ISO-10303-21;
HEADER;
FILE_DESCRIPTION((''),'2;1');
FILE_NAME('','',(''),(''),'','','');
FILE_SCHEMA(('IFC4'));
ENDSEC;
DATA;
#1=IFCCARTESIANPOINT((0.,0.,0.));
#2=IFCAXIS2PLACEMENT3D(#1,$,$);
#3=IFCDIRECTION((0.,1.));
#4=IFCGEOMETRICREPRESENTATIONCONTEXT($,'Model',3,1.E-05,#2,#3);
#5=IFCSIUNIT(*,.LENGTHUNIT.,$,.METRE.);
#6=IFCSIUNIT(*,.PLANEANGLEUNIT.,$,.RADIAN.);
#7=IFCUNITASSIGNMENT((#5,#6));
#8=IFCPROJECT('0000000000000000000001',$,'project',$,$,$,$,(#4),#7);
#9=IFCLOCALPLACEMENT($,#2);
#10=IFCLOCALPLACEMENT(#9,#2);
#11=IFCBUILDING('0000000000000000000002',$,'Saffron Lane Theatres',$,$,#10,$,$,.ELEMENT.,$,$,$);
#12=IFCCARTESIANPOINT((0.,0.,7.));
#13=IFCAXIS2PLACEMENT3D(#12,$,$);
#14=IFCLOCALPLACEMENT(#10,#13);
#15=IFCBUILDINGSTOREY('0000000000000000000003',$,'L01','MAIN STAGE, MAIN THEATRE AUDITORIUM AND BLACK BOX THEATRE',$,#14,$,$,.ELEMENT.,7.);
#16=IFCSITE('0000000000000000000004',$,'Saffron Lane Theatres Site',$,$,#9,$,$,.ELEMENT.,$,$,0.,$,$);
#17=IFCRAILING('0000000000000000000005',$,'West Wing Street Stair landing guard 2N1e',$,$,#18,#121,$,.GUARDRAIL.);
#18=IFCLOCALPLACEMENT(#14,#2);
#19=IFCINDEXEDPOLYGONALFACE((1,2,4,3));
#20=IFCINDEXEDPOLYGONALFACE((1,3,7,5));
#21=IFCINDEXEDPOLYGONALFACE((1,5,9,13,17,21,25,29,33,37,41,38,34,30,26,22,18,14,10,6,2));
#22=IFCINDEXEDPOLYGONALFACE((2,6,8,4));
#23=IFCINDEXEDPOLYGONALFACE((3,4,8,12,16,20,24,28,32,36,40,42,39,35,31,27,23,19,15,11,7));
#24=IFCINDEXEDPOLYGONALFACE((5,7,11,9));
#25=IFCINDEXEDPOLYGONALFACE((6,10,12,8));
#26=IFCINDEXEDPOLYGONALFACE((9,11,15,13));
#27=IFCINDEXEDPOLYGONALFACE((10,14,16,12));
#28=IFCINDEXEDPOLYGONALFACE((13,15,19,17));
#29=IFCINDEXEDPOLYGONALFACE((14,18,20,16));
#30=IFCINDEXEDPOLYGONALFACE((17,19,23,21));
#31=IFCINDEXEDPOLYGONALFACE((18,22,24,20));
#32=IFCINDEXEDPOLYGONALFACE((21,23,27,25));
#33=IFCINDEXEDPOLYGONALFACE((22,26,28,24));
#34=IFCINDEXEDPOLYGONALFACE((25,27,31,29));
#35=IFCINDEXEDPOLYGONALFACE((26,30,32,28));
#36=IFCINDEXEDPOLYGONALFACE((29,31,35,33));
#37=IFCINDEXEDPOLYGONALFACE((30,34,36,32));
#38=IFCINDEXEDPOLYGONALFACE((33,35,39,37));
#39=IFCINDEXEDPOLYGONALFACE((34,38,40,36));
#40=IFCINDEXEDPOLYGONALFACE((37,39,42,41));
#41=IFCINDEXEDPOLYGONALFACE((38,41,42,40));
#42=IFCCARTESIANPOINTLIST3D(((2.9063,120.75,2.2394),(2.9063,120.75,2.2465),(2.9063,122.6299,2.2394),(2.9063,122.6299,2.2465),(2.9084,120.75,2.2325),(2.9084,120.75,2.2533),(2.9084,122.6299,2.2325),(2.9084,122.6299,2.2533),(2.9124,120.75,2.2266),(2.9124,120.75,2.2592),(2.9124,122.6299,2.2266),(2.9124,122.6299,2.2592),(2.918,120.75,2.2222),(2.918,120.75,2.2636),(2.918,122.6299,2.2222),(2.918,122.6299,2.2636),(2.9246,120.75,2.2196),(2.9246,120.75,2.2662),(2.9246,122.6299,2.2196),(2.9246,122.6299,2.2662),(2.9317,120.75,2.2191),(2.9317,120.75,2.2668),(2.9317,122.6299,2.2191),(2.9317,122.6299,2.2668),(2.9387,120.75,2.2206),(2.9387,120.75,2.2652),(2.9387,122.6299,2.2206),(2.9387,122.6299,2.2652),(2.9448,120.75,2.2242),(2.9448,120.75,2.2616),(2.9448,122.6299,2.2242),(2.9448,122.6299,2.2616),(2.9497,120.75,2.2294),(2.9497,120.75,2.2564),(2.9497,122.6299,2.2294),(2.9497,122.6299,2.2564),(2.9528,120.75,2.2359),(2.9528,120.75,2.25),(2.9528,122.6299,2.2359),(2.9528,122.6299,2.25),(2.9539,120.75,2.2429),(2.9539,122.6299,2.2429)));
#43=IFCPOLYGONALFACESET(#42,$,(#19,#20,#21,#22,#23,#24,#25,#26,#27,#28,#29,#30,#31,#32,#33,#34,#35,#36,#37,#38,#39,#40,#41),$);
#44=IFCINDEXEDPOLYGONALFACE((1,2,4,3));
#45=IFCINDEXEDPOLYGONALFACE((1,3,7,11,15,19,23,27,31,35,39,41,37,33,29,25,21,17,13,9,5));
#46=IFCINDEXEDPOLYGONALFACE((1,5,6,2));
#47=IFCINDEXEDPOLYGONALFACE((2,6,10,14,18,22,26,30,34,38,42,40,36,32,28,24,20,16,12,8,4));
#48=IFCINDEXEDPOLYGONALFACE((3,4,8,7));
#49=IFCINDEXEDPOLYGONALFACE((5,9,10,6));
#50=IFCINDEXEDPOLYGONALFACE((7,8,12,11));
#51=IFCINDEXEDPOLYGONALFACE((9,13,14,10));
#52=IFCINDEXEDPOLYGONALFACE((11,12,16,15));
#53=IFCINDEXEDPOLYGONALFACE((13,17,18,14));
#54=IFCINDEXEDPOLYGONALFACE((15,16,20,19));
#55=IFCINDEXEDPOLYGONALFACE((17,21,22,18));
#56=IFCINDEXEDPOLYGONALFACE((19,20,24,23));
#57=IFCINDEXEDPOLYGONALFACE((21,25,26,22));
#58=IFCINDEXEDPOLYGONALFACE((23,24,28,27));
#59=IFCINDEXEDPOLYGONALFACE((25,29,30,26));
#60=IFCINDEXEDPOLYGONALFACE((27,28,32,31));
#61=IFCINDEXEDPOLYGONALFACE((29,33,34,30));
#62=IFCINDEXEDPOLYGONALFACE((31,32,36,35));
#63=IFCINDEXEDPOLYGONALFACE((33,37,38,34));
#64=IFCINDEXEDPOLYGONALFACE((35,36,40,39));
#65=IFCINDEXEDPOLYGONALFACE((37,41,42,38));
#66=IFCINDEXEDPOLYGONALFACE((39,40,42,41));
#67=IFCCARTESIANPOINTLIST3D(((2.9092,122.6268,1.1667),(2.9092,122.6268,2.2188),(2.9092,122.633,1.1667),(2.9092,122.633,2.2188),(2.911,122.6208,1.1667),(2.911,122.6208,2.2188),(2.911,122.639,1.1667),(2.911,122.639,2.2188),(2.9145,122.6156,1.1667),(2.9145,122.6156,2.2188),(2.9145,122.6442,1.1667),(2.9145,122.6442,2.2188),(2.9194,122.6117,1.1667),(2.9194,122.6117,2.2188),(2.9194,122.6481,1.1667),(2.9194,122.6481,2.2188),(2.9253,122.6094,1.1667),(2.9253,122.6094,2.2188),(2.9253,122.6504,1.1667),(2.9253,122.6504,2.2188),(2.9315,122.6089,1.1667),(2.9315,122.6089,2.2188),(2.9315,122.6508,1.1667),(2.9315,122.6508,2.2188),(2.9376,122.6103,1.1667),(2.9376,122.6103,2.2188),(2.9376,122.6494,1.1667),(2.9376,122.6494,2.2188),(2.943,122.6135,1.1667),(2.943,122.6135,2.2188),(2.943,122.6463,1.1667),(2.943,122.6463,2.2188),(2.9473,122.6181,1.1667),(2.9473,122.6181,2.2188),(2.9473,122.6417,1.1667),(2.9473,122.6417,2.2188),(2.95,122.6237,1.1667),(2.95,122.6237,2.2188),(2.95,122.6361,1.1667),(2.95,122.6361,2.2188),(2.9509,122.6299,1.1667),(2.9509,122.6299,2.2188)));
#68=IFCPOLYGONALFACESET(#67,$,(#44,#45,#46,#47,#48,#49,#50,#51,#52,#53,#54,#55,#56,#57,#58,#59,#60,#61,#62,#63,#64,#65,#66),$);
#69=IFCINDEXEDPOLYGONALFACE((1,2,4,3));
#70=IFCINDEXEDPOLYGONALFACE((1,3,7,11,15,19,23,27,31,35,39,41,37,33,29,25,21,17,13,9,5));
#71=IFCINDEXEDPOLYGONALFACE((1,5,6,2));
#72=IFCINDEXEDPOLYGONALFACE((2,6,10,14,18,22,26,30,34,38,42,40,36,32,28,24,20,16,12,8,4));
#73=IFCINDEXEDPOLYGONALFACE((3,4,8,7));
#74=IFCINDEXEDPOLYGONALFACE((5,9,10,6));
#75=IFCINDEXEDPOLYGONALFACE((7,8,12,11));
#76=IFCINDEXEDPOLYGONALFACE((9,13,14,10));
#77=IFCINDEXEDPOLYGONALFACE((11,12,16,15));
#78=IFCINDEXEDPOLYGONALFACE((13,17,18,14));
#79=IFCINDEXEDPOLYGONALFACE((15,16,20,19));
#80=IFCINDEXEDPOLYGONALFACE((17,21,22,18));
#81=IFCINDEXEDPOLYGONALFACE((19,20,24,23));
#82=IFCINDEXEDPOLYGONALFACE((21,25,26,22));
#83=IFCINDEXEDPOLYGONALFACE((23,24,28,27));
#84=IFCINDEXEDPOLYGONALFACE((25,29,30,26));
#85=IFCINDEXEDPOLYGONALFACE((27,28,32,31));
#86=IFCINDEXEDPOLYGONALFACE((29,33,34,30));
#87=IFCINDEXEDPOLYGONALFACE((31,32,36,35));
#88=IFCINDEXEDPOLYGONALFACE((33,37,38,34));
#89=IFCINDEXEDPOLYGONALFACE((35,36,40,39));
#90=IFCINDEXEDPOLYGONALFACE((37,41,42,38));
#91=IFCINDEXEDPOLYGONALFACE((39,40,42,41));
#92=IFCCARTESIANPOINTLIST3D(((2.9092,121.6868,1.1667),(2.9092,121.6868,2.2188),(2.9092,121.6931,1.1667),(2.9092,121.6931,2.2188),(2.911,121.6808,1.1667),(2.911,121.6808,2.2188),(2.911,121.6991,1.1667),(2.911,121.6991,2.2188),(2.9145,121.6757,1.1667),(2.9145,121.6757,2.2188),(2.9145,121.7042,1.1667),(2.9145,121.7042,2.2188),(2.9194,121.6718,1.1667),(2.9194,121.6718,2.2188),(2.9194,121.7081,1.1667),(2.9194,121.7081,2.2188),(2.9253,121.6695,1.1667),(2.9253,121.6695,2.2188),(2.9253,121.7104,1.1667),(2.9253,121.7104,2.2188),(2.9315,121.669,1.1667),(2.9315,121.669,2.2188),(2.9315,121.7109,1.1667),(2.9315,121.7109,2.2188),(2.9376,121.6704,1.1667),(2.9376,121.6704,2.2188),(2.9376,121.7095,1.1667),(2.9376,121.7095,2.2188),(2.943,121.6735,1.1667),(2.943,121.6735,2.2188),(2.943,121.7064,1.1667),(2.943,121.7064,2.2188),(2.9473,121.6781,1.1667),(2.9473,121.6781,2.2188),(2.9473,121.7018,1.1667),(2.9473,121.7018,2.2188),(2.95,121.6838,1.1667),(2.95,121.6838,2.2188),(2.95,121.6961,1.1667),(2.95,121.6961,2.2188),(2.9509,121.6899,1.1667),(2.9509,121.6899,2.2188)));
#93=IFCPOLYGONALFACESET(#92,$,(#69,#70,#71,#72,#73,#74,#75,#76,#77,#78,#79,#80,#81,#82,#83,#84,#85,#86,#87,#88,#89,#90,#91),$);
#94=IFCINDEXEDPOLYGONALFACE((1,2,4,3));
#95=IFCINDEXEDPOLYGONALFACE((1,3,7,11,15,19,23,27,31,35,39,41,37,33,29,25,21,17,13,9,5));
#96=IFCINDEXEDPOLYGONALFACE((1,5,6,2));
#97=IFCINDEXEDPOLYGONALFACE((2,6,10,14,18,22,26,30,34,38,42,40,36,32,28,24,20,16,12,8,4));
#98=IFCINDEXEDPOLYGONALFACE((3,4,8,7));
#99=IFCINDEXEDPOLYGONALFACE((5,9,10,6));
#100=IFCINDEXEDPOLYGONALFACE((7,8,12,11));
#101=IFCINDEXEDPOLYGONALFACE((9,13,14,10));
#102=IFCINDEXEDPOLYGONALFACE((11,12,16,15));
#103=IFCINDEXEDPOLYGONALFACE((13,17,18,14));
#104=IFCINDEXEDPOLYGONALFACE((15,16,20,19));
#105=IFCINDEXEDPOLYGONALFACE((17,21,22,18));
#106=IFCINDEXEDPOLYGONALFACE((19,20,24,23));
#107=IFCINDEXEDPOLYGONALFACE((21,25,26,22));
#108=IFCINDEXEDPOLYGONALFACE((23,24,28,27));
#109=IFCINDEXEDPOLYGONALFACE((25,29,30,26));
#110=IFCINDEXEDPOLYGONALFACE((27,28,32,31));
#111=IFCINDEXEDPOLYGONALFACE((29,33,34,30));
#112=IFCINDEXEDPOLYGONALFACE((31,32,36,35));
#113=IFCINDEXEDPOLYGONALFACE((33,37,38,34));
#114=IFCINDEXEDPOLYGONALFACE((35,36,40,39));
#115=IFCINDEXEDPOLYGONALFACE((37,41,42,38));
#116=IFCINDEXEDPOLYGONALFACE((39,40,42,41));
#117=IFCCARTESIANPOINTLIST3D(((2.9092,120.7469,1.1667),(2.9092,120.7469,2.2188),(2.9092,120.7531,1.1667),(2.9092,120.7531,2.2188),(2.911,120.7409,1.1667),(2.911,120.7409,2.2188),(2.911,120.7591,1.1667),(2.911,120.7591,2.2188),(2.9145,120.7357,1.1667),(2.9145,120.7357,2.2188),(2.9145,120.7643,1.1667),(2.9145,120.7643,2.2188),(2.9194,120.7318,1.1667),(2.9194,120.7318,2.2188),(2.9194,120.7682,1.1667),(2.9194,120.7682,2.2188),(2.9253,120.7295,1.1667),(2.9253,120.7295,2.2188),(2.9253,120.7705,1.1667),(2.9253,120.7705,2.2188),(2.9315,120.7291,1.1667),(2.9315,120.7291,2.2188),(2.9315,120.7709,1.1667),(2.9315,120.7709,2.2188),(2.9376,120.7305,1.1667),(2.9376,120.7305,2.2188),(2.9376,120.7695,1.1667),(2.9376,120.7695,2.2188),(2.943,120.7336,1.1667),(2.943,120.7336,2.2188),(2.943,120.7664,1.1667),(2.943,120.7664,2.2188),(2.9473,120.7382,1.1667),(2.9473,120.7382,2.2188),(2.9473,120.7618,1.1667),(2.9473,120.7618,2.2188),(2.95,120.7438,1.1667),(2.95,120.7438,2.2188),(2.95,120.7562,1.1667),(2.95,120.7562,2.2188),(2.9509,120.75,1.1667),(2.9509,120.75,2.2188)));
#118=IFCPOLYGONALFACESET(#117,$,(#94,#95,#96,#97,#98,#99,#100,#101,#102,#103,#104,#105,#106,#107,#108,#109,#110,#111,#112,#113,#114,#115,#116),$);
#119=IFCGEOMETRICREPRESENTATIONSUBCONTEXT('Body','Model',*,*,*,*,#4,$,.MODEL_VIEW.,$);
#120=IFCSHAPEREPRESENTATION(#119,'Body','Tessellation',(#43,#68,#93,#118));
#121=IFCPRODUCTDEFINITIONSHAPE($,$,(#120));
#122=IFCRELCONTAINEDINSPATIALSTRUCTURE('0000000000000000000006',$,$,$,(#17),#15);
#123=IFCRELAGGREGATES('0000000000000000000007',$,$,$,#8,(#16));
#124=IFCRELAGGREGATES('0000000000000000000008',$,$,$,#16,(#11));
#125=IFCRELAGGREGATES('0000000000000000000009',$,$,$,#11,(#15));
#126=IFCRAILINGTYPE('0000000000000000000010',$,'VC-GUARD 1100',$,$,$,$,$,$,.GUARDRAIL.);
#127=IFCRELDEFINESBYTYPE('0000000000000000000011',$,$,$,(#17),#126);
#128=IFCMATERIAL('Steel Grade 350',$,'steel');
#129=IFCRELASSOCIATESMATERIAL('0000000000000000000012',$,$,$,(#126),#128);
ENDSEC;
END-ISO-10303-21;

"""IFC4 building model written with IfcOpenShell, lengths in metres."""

from ifc_helpers import new_model, si_unit, direction, frame, origin, origin_2d, place, context, subcontext, project, spatial, circle, extrude, material, type_object, element, save


model = new_model("IFC4")

# Units and contexts
model_context = context("Model", 3, precision=1e-05, world=origin(), true_north=direction((0.0, 1.0)))
body_context = subcontext(model_context, "Body", "Model", "MODEL_VIEW")
ifc_project = project(units=[si_unit("LENGTHUNIT", "METRE"), si_unit("PLANEANGLEUNIT", "RADIAN")], contexts=[model_context])

# Site, building, storey
site_placement = place(None, origin())
site = spatial("IfcSite", under=ifc_project, at=site_placement, Name="Saffron Lane Theatres Site", CompositionType="ELEMENT", RefElevation=0.0)
building_placement = place(site_placement, origin())
building = spatial("IfcBuilding", under=site, at=building_placement, Name="Saffron Lane Theatres", CompositionType="ELEMENT")
storey_placement = place(building_placement, frame((0.0, 0.0, 7.0)))
storey = spatial("IfcBuildingStorey", under=building, at=storey_placement, Name="L01", Description="MAIN STAGE, MAIN THEATRE AUDITORIUM AND BLACK BOX THEATRE", CompositionType="ELEMENT", Elevation=7.0)

# Railing
ifc_material_1 = material(Name="Steel Grade 350", Category="steel")
railing_type_1 = type_object("IfcRailingType", Name="VC-GUARD 1100", PredefinedType="GUARDRAIL", material=ifc_material_1)
railing_1_placement = place(storey_placement, frame((2.9299, 122.6299, 1.1667)))
element("IfcRailing", 1, at=railing_1_placement, inside=storey, type_object=railing_type_1, Name="West Wing Street Stair landing guard 2N1e", PredefinedType="GUARDRAIL", context=body_context, shape_type="SweptSolid", body=[
    extrude(circle(Radius=0.0239, at=origin_2d()), frame((0.0, 0.0, 1.0762), z_axis=(0.0, -1.0, 0.0), x_axis=(1.0, 0.0, 0.0)), (0.0, 0.0, 1.0), 1.8799),
    extrude(circle(Radius=0.021, at=origin_2d()), origin(), (0.0, 0.0, 1.0), 1.052),
    extrude(circle(Radius=0.021, at=origin_2d()), frame((0.0, -0.9399, 0.0)), (0.0, 0.0, 1.0), 1.052),
    extrude(circle(Radius=0.021, at=origin_2d()), frame((0.0, -1.8799, 0.0)), (0.0, 0.0, 1.0), 1.052),
])

save(model, "model.ifc")
